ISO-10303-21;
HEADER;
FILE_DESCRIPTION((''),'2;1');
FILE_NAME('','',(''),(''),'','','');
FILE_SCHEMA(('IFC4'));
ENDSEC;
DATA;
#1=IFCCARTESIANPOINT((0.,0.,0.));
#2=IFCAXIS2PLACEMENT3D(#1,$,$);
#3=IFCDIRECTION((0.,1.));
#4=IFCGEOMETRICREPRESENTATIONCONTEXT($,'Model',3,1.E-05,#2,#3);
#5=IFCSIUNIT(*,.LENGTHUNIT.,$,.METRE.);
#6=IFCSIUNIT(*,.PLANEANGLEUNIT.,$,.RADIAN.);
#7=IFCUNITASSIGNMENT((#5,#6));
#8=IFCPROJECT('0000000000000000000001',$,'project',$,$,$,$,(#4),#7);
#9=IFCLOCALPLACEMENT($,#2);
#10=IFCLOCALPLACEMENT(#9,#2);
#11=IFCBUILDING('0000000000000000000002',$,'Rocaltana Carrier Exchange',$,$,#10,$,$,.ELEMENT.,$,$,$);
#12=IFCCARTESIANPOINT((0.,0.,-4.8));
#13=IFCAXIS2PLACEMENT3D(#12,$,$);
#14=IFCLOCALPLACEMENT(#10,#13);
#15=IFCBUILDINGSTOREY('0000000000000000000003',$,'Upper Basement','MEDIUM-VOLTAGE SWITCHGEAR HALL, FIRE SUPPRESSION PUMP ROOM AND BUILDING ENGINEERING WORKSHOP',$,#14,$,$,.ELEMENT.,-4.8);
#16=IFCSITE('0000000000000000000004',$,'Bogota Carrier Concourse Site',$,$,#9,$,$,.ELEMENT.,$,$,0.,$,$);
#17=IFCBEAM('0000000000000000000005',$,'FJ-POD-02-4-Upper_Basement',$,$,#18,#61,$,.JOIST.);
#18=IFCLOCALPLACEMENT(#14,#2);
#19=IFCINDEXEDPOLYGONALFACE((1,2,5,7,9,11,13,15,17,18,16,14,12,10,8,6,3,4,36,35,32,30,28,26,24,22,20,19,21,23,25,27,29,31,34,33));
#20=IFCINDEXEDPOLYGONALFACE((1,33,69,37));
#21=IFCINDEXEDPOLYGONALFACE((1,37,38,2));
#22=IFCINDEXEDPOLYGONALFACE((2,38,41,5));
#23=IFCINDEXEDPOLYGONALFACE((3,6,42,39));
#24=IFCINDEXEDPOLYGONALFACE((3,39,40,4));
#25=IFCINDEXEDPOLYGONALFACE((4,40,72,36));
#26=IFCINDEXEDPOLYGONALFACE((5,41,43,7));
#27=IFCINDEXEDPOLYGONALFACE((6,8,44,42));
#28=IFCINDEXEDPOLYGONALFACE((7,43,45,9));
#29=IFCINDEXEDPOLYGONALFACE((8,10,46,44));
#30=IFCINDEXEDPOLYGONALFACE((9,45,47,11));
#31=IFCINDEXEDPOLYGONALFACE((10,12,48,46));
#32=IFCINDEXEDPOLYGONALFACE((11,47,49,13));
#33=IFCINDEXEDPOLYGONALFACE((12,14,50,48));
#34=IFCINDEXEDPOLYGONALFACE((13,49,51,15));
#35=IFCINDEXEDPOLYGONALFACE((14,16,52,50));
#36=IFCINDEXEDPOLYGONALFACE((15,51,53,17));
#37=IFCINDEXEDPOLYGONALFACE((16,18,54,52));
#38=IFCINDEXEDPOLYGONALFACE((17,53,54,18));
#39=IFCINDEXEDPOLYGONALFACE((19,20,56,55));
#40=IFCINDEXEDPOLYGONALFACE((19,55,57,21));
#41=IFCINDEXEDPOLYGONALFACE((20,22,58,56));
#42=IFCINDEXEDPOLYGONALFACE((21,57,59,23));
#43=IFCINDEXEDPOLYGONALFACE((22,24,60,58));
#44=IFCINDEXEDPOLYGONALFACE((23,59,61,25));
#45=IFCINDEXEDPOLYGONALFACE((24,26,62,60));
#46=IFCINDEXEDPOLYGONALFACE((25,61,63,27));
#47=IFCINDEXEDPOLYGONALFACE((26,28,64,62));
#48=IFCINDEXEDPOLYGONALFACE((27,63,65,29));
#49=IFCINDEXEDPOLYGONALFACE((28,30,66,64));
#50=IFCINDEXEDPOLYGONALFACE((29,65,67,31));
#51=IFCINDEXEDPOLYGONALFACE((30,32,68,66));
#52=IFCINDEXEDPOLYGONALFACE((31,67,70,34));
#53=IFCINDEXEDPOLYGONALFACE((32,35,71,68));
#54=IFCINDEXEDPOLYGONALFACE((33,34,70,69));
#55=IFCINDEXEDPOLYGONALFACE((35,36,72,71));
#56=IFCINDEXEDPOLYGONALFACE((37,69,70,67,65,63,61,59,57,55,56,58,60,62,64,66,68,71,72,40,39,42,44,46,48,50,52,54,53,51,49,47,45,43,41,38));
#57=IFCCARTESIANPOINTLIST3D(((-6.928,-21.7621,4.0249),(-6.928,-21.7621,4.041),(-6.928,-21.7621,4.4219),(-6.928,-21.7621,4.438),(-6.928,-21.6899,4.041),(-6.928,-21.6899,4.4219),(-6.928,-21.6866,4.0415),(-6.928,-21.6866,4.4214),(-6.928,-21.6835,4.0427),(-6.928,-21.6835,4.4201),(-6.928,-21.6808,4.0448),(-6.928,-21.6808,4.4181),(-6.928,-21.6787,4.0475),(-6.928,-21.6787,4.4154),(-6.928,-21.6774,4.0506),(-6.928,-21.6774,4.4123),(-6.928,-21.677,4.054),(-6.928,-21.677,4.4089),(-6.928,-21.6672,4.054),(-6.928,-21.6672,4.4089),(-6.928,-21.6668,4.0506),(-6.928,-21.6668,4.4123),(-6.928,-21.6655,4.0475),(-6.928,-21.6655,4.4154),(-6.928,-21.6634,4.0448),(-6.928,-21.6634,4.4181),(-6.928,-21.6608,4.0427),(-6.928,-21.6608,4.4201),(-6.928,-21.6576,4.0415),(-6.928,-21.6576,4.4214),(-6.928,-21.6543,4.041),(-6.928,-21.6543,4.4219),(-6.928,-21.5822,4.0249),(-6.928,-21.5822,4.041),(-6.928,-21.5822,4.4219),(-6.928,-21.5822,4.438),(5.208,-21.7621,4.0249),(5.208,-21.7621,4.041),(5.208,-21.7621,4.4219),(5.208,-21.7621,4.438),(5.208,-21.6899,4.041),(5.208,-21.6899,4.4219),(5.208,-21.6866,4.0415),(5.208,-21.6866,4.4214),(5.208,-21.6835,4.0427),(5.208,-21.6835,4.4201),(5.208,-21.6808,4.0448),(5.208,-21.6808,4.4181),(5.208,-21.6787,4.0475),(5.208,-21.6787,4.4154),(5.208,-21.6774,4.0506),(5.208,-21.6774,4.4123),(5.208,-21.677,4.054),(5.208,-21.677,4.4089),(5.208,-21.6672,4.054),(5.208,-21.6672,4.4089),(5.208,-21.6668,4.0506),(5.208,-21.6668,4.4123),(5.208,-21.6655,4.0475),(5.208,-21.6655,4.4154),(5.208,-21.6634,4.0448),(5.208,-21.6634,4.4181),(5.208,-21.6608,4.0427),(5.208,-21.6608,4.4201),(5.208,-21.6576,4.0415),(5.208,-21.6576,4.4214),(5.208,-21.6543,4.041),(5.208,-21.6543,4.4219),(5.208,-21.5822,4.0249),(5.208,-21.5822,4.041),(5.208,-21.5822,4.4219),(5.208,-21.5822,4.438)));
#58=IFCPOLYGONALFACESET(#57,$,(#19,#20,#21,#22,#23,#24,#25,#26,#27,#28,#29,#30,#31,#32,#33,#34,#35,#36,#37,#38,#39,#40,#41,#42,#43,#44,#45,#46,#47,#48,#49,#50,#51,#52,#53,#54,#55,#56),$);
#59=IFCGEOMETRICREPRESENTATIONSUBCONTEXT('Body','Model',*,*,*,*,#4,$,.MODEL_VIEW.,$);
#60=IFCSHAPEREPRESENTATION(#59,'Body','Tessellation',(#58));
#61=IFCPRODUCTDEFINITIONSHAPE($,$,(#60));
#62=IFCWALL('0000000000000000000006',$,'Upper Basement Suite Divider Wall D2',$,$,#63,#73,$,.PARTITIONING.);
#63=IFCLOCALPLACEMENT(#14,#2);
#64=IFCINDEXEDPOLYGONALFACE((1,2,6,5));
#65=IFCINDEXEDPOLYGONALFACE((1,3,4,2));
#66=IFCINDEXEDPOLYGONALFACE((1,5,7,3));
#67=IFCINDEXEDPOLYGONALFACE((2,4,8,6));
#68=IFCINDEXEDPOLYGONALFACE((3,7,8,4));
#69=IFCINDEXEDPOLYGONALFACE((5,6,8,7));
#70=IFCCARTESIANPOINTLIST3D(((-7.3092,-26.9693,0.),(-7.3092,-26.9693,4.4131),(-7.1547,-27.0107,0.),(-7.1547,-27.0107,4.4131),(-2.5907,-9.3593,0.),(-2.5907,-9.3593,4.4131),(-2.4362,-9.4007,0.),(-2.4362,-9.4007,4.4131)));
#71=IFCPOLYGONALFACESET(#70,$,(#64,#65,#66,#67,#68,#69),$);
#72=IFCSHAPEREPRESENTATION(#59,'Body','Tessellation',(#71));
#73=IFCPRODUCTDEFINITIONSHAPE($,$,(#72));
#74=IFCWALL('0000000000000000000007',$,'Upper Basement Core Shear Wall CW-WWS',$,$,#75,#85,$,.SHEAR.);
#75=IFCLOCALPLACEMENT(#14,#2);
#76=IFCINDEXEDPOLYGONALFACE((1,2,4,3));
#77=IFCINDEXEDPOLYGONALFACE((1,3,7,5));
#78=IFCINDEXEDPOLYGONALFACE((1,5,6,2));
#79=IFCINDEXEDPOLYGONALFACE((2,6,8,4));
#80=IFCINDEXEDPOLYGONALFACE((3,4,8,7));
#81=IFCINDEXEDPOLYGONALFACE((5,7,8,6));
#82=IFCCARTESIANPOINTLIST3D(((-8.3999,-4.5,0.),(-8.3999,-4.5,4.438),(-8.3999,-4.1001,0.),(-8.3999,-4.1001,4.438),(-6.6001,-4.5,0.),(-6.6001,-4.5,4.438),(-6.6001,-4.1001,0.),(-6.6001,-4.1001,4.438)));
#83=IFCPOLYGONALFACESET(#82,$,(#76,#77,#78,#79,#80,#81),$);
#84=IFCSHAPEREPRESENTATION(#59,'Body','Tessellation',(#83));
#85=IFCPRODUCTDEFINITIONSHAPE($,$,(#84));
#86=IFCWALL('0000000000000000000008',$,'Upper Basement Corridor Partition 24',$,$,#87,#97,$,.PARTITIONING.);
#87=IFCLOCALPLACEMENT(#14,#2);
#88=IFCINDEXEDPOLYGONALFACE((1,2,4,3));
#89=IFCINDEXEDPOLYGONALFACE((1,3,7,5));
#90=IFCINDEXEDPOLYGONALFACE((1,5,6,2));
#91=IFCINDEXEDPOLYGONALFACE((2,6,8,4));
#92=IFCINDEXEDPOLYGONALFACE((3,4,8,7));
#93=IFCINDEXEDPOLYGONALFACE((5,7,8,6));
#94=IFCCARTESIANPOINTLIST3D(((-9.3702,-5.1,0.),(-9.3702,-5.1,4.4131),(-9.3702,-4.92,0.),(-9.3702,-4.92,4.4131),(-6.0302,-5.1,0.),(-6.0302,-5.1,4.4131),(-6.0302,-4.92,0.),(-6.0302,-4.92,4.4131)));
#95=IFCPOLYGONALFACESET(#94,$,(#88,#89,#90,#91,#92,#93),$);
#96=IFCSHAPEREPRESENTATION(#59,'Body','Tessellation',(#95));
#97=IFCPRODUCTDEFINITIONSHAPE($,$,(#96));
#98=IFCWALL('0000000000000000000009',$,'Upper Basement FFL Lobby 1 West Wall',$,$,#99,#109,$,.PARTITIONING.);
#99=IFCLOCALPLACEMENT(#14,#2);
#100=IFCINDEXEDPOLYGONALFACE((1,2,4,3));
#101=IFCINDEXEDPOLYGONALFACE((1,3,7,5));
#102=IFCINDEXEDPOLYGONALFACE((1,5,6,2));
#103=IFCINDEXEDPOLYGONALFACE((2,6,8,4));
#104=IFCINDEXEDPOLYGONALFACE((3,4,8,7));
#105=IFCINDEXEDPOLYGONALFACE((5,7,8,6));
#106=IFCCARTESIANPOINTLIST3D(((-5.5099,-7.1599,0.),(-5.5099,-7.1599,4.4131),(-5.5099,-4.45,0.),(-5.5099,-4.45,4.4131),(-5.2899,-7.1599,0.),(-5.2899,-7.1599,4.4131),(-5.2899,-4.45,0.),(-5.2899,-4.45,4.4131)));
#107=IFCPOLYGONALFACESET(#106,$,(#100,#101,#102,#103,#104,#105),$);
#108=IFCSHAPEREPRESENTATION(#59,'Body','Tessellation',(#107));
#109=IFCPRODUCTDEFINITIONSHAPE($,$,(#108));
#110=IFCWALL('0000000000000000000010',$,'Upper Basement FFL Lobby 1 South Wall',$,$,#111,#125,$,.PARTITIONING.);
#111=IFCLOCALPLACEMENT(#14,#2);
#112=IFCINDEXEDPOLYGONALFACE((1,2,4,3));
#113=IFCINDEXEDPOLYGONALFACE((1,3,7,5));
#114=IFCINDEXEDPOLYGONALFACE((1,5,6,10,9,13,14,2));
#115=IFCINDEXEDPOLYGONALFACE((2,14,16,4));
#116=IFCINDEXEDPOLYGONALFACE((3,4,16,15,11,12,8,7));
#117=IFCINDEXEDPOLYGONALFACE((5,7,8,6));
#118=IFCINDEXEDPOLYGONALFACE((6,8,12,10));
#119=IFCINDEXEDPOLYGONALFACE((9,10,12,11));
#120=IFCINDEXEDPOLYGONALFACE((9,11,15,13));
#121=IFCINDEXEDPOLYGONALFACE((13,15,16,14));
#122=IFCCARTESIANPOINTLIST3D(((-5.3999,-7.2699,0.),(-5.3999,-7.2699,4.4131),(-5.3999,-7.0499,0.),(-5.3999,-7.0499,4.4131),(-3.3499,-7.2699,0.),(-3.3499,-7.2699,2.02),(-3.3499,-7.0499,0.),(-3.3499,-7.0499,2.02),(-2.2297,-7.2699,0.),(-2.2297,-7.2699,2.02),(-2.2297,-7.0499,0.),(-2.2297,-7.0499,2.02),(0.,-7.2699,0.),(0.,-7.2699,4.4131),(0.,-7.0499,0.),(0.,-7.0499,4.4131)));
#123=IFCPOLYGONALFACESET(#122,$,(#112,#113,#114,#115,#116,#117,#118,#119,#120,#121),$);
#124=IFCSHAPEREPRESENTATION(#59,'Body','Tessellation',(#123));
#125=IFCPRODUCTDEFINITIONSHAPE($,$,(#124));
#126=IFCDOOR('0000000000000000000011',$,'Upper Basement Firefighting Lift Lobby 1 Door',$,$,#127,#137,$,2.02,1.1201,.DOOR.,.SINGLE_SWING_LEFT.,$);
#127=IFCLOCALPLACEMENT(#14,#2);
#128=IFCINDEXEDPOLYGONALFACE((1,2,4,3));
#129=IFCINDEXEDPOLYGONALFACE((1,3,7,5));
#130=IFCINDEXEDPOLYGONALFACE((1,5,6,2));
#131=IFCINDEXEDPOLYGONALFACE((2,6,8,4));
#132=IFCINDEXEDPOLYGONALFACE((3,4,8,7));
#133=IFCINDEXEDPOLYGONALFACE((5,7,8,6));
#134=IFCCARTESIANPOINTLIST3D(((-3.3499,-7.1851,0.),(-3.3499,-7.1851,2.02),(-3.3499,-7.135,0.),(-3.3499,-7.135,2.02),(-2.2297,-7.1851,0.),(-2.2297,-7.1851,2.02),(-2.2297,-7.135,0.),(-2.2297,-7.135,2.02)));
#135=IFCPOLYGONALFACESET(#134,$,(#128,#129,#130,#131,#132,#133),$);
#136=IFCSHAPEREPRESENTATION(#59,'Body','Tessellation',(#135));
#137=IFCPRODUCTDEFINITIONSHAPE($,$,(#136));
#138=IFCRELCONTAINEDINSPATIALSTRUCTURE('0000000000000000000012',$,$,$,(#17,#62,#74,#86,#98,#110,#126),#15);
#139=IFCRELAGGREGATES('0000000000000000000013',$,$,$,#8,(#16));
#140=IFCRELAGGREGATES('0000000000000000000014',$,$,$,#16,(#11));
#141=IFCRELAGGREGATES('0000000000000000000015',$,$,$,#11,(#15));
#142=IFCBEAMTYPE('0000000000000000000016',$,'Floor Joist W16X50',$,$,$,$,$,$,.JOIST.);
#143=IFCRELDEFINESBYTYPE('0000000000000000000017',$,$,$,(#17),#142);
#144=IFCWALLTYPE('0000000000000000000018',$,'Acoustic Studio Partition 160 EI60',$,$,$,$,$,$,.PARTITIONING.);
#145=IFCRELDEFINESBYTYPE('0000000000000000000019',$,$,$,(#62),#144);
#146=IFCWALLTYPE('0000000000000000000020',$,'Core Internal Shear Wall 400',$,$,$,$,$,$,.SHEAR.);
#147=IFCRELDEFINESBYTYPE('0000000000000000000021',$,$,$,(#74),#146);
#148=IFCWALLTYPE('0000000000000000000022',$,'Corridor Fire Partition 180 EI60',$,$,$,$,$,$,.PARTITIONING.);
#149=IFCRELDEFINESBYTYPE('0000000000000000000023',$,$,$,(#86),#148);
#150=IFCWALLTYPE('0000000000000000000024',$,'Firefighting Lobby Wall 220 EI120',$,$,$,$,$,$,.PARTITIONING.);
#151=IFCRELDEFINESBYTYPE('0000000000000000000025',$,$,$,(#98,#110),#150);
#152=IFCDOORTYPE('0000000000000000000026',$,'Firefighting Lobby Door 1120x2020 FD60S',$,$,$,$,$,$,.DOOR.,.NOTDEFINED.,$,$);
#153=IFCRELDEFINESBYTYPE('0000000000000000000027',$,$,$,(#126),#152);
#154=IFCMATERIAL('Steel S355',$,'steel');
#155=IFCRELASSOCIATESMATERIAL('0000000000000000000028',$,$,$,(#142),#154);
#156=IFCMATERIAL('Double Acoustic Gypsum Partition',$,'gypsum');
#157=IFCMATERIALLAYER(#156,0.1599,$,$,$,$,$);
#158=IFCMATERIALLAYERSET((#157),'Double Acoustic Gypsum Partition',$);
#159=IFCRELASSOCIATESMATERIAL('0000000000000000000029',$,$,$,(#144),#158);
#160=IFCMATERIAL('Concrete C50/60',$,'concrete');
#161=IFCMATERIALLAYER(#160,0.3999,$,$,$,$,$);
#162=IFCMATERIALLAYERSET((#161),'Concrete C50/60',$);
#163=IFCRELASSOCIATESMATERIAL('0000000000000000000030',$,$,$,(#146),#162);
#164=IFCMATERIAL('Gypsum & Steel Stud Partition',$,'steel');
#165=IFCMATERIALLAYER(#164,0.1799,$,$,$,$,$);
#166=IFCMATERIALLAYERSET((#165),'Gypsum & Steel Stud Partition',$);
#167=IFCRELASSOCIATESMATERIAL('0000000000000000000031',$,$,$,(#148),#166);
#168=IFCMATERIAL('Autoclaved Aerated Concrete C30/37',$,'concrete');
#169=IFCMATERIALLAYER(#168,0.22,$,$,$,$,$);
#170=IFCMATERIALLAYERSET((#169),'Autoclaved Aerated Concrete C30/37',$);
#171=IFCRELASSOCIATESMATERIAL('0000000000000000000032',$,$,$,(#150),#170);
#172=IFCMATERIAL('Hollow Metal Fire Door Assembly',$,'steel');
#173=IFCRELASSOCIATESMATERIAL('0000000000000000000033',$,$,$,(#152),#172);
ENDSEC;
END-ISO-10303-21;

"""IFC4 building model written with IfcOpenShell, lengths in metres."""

from ifc_helpers import new_model, si_unit, direction, frame, frame_2d, origin, origin_2d, place, context, subcontext, project, spatial, rectangle, i_section, extrude, material, layer, layer_set, material_profile, profile_set, type_object, element, fill, save


model = new_model("IFC4")

# Units and contexts
model_context = context("Model", 3, precision=1e-05, world=origin(), true_north=direction((0.0, 1.0)))
body_context = subcontext(model_context, "Body", "Model", "MODEL_VIEW")
ifc_project = project(units=[si_unit("LENGTHUNIT", "METRE"), si_unit("PLANEANGLEUNIT", "RADIAN")], contexts=[model_context])

# Site, building, storey
site_placement = place(None, origin())
site = spatial("IfcSite", under=ifc_project, at=site_placement, Name="Bogota Carrier Concourse Site", CompositionType="ELEMENT", RefElevation=0.0)
building_placement = place(site_placement, origin())
building = spatial("IfcBuilding", under=site, at=building_placement, Name="Rocaltana Carrier Exchange", CompositionType="ELEMENT")
storey_placement = place(building_placement, frame((0.0, 0.0, -4.8)))
storey = spatial("IfcBuildingStorey", under=building, at=storey_placement, Name="Upper Basement", Description="MEDIUM-VOLTAGE SWITCHGEAR HALL, FIRE SUPPRESSION PUMP ROOM AND BUILDING ENGINEERING WORKSHOP", CompositionType="ELEMENT", Elevation=-4.8)

# Beam
ifc_material_1 = material(Name="Steel S355", Category="steel")
ifc_material_profile_1 = material_profile(ifc_material_1, i_section(OverallWidth=0.1799, OverallDepth=0.4131, WebThickness=0.0098, FlangeThickness=0.0161, FilletRadius=0.0129, at=origin_2d()), Name="W16X50")
ifc_profile_set_1 = profile_set([ifc_material_profile_1], Name="Steel S355")
beam_type_1 = type_object("IfcBeamType", Name="Floor Joist W16X50", PredefinedType="JOIST", material=ifc_profile_set_1)
beam_1_placement = place(storey_placement, frame((-6.928, -21.6721, 4.2314), z_axis=(1.0, 0.0, 0.0), x_axis=(0.0, 1.0, 0.0)))
element("IfcBeam", 1, at=beam_1_placement, inside=storey, type_object=beam_type_1, Name="FJ-POD-02-4-Upper_Basement", PredefinedType="JOIST", context=body_context, shape_type="SweptSolid", body=[
    extrude(i_section(OverallWidth=0.1799, OverallDepth=0.4131, WebThickness=0.0098, FlangeThickness=0.0161, FilletRadius=0.0129, at=origin_2d()), origin(), (0.0, 0.0, 1.0), 12.136),
])

# Walls
ifc_material_2 = material(Name="Double Acoustic Gypsum Partition", Category="gypsum")
ifc_layer_1 = layer(ifc_material_2, 0.1599)
ifc_layer_set_1 = layer_set([ifc_layer_1], Name="Double Acoustic Gypsum Partition")
wall_type_1 = type_object("IfcWallType", Name="Acoustic Studio Partition 160 EI60", PredefinedType="PARTITIONING", material=ifc_layer_set_1)
wall_1_placement = place(storey_placement, frame((-2.5134, -9.3799, 0.0), z_axis=(0.0, 0.0, 1.0), x_axis=(-0.258814, -0.965927, 0.0)))
element("IfcWall", 2, at=wall_1_placement, inside=storey, type_object=wall_type_1, Name="Upper Basement Suite Divider Wall D2", PredefinedType="PARTITIONING", context=body_context, shape_type="SweptSolid", body=[
    extrude(rectangle(XDim=18.2312, YDim=0.1599, at=frame_2d((9.1157, 0.0))), origin(), (0.0, 0.0, 1.0), 4.4131),
])
ifc_material_3 = material(Name="Concrete C50/60", Category="concrete")
ifc_layer_2 = layer(ifc_material_3, 0.3999)
ifc_layer_set_2 = layer_set([ifc_layer_2], Name="Concrete C50/60")
wall_type_2 = type_object("IfcWallType", Name="Core Internal Shear Wall 400", PredefinedType="SHEAR", material=ifc_layer_set_2)
wall_2_placement = place(storey_placement, frame((-8.3999, -4.3, 0.0), z_axis=(0.0, 0.0, 1.0), x_axis=(1.0, 0.0, 0.0)))
element("IfcWall", 3, at=wall_2_placement, inside=storey, type_object=wall_type_2, Name="Upper Basement Core Shear Wall CW-WWS", PredefinedType="SHEAR", context=body_context, shape_type="SweptSolid", body=[
    extrude(rectangle(XDim=1.7998, YDim=0.3999, at=frame_2d((0.8999, 0.0))), origin(), (0.0, 0.0, 1.0), 4.438),
])
ifc_material_4 = material(Name="Gypsum & Steel Stud Partition", Category="steel")
ifc_layer_3 = layer(ifc_material_4, 0.1799)
ifc_layer_set_3 = layer_set([ifc_layer_3], Name="Gypsum & Steel Stud Partition")
wall_type_3 = type_object("IfcWallType", Name="Corridor Fire Partition 180 EI60", PredefinedType="PARTITIONING", material=ifc_layer_set_3)
wall_3_placement = place(storey_placement, frame((-9.3701, -5.01, 0.0), z_axis=(0.0, 0.0, 1.0), x_axis=(1.0, 0.0, 0.0)))
element("IfcWall", 4, at=wall_3_placement, inside=storey, type_object=wall_type_3, Name="Upper Basement Corridor Partition 24", PredefinedType="PARTITIONING", context=body_context, shape_type="SweptSolid", body=[
    extrude(rectangle(XDim=3.3401, YDim=0.1799, at=frame_2d((1.6699, 0.0))), origin(), (0.0, 0.0, 1.0), 4.4131),
])
ifc_material_5 = material(Name="Autoclaved Aerated Concrete C30/37", Category="concrete")
ifc_layer_4 = layer(ifc_material_5, 0.22)
ifc_layer_set_4 = layer_set([ifc_layer_4], Name="Autoclaved Aerated Concrete C30/37")
wall_type_4 = type_object("IfcWallType", Name="Firefighting Lobby Wall 220 EI120", PredefinedType="PARTITIONING", material=ifc_layer_set_4)
wall_4_placement = place(storey_placement, frame((-5.3999, -7.1599, 0.0), z_axis=(0.0, 0.0, 1.0), x_axis=(0.0, 1.0, 0.0)))
element("IfcWall", 5, at=wall_4_placement, inside=storey, type_object=wall_type_4, Name="Upper Basement FFL Lobby 1 West Wall", PredefinedType="PARTITIONING", context=body_context, shape_type="SweptSolid", body=[
    extrude(rectangle(XDim=2.71, YDim=0.22, at=frame_2d((1.355, 0.0))), origin(), (0.0, 0.0, 1.0), 4.4131),
])

# Wall, opening, door
wall_5_placement = place(storey_placement, frame((-5.3999, -7.1599, 0.0), z_axis=(0.0, 0.0, 1.0), x_axis=(1.0, 0.0, 0.0)))
wall_5 = element("IfcWall", 6, at=wall_5_placement, inside=storey, type_object=wall_type_4, Name="Upper Basement FFL Lobby 1 South Wall", PredefinedType="PARTITIONING", context=body_context, shape_type="SweptSolid", body=[
    extrude(rectangle(XDim=5.3999, YDim=0.22, at=frame_2d((2.7, 0.0))), origin(), (0.0, 0.0, 1.0), 4.4131),
])
opening_placement = place(wall_5_placement, frame((2.05, 0.0, 0.0)))
opening = element("IfcOpeningElement", 7, at=opening_placement, cuts=wall_5, PredefinedType="OPENING", context=body_context, shape_type="SweptSolid", body=[
    extrude(rectangle(XDim=1.1201, YDim=2.02, at=frame_2d((0.5601, 1.01))), frame((0.0, 0.1199, 0.0), z_axis=(0.0, -1.0, 0.0), x_axis=(1.0, 0.0, 0.0)), (0.0, 0.0, 1.0), 0.24),
])
ifc_material_6 = material(Name="Hollow Metal Fire Door Assembly", Category="steel")
door_type = type_object("IfcDoorType", Name="Firefighting Lobby Door 1120x2020 FD60S", OperationType="NOTDEFINED", PredefinedType="DOOR", material=ifc_material_6)
door_placement = place(opening_placement, origin())
door = element("IfcDoor", 8, at=door_placement, inside=storey, type_object=door_type, Name="Upper Basement Firefighting Lift Lobby 1 Door", OperationType="SINGLE_SWING_LEFT", OverallHeight=2.02, OverallWidth=1.1201, PredefinedType="DOOR", context=body_context, shape_type="SweptSolid", body=[
    extrude(rectangle(XDim=1.1201, YDim=2.02, at=frame_2d((0.5601, 1.01))), frame((0.0, 0.0249, 0.0), z_axis=(0.0, -1.0, 0.0), x_axis=(1.0, 0.0, 0.0)), (0.0, 0.0, 1.0), 0.05),
])
fill(opening, door)

save(model, "model.ifc")
